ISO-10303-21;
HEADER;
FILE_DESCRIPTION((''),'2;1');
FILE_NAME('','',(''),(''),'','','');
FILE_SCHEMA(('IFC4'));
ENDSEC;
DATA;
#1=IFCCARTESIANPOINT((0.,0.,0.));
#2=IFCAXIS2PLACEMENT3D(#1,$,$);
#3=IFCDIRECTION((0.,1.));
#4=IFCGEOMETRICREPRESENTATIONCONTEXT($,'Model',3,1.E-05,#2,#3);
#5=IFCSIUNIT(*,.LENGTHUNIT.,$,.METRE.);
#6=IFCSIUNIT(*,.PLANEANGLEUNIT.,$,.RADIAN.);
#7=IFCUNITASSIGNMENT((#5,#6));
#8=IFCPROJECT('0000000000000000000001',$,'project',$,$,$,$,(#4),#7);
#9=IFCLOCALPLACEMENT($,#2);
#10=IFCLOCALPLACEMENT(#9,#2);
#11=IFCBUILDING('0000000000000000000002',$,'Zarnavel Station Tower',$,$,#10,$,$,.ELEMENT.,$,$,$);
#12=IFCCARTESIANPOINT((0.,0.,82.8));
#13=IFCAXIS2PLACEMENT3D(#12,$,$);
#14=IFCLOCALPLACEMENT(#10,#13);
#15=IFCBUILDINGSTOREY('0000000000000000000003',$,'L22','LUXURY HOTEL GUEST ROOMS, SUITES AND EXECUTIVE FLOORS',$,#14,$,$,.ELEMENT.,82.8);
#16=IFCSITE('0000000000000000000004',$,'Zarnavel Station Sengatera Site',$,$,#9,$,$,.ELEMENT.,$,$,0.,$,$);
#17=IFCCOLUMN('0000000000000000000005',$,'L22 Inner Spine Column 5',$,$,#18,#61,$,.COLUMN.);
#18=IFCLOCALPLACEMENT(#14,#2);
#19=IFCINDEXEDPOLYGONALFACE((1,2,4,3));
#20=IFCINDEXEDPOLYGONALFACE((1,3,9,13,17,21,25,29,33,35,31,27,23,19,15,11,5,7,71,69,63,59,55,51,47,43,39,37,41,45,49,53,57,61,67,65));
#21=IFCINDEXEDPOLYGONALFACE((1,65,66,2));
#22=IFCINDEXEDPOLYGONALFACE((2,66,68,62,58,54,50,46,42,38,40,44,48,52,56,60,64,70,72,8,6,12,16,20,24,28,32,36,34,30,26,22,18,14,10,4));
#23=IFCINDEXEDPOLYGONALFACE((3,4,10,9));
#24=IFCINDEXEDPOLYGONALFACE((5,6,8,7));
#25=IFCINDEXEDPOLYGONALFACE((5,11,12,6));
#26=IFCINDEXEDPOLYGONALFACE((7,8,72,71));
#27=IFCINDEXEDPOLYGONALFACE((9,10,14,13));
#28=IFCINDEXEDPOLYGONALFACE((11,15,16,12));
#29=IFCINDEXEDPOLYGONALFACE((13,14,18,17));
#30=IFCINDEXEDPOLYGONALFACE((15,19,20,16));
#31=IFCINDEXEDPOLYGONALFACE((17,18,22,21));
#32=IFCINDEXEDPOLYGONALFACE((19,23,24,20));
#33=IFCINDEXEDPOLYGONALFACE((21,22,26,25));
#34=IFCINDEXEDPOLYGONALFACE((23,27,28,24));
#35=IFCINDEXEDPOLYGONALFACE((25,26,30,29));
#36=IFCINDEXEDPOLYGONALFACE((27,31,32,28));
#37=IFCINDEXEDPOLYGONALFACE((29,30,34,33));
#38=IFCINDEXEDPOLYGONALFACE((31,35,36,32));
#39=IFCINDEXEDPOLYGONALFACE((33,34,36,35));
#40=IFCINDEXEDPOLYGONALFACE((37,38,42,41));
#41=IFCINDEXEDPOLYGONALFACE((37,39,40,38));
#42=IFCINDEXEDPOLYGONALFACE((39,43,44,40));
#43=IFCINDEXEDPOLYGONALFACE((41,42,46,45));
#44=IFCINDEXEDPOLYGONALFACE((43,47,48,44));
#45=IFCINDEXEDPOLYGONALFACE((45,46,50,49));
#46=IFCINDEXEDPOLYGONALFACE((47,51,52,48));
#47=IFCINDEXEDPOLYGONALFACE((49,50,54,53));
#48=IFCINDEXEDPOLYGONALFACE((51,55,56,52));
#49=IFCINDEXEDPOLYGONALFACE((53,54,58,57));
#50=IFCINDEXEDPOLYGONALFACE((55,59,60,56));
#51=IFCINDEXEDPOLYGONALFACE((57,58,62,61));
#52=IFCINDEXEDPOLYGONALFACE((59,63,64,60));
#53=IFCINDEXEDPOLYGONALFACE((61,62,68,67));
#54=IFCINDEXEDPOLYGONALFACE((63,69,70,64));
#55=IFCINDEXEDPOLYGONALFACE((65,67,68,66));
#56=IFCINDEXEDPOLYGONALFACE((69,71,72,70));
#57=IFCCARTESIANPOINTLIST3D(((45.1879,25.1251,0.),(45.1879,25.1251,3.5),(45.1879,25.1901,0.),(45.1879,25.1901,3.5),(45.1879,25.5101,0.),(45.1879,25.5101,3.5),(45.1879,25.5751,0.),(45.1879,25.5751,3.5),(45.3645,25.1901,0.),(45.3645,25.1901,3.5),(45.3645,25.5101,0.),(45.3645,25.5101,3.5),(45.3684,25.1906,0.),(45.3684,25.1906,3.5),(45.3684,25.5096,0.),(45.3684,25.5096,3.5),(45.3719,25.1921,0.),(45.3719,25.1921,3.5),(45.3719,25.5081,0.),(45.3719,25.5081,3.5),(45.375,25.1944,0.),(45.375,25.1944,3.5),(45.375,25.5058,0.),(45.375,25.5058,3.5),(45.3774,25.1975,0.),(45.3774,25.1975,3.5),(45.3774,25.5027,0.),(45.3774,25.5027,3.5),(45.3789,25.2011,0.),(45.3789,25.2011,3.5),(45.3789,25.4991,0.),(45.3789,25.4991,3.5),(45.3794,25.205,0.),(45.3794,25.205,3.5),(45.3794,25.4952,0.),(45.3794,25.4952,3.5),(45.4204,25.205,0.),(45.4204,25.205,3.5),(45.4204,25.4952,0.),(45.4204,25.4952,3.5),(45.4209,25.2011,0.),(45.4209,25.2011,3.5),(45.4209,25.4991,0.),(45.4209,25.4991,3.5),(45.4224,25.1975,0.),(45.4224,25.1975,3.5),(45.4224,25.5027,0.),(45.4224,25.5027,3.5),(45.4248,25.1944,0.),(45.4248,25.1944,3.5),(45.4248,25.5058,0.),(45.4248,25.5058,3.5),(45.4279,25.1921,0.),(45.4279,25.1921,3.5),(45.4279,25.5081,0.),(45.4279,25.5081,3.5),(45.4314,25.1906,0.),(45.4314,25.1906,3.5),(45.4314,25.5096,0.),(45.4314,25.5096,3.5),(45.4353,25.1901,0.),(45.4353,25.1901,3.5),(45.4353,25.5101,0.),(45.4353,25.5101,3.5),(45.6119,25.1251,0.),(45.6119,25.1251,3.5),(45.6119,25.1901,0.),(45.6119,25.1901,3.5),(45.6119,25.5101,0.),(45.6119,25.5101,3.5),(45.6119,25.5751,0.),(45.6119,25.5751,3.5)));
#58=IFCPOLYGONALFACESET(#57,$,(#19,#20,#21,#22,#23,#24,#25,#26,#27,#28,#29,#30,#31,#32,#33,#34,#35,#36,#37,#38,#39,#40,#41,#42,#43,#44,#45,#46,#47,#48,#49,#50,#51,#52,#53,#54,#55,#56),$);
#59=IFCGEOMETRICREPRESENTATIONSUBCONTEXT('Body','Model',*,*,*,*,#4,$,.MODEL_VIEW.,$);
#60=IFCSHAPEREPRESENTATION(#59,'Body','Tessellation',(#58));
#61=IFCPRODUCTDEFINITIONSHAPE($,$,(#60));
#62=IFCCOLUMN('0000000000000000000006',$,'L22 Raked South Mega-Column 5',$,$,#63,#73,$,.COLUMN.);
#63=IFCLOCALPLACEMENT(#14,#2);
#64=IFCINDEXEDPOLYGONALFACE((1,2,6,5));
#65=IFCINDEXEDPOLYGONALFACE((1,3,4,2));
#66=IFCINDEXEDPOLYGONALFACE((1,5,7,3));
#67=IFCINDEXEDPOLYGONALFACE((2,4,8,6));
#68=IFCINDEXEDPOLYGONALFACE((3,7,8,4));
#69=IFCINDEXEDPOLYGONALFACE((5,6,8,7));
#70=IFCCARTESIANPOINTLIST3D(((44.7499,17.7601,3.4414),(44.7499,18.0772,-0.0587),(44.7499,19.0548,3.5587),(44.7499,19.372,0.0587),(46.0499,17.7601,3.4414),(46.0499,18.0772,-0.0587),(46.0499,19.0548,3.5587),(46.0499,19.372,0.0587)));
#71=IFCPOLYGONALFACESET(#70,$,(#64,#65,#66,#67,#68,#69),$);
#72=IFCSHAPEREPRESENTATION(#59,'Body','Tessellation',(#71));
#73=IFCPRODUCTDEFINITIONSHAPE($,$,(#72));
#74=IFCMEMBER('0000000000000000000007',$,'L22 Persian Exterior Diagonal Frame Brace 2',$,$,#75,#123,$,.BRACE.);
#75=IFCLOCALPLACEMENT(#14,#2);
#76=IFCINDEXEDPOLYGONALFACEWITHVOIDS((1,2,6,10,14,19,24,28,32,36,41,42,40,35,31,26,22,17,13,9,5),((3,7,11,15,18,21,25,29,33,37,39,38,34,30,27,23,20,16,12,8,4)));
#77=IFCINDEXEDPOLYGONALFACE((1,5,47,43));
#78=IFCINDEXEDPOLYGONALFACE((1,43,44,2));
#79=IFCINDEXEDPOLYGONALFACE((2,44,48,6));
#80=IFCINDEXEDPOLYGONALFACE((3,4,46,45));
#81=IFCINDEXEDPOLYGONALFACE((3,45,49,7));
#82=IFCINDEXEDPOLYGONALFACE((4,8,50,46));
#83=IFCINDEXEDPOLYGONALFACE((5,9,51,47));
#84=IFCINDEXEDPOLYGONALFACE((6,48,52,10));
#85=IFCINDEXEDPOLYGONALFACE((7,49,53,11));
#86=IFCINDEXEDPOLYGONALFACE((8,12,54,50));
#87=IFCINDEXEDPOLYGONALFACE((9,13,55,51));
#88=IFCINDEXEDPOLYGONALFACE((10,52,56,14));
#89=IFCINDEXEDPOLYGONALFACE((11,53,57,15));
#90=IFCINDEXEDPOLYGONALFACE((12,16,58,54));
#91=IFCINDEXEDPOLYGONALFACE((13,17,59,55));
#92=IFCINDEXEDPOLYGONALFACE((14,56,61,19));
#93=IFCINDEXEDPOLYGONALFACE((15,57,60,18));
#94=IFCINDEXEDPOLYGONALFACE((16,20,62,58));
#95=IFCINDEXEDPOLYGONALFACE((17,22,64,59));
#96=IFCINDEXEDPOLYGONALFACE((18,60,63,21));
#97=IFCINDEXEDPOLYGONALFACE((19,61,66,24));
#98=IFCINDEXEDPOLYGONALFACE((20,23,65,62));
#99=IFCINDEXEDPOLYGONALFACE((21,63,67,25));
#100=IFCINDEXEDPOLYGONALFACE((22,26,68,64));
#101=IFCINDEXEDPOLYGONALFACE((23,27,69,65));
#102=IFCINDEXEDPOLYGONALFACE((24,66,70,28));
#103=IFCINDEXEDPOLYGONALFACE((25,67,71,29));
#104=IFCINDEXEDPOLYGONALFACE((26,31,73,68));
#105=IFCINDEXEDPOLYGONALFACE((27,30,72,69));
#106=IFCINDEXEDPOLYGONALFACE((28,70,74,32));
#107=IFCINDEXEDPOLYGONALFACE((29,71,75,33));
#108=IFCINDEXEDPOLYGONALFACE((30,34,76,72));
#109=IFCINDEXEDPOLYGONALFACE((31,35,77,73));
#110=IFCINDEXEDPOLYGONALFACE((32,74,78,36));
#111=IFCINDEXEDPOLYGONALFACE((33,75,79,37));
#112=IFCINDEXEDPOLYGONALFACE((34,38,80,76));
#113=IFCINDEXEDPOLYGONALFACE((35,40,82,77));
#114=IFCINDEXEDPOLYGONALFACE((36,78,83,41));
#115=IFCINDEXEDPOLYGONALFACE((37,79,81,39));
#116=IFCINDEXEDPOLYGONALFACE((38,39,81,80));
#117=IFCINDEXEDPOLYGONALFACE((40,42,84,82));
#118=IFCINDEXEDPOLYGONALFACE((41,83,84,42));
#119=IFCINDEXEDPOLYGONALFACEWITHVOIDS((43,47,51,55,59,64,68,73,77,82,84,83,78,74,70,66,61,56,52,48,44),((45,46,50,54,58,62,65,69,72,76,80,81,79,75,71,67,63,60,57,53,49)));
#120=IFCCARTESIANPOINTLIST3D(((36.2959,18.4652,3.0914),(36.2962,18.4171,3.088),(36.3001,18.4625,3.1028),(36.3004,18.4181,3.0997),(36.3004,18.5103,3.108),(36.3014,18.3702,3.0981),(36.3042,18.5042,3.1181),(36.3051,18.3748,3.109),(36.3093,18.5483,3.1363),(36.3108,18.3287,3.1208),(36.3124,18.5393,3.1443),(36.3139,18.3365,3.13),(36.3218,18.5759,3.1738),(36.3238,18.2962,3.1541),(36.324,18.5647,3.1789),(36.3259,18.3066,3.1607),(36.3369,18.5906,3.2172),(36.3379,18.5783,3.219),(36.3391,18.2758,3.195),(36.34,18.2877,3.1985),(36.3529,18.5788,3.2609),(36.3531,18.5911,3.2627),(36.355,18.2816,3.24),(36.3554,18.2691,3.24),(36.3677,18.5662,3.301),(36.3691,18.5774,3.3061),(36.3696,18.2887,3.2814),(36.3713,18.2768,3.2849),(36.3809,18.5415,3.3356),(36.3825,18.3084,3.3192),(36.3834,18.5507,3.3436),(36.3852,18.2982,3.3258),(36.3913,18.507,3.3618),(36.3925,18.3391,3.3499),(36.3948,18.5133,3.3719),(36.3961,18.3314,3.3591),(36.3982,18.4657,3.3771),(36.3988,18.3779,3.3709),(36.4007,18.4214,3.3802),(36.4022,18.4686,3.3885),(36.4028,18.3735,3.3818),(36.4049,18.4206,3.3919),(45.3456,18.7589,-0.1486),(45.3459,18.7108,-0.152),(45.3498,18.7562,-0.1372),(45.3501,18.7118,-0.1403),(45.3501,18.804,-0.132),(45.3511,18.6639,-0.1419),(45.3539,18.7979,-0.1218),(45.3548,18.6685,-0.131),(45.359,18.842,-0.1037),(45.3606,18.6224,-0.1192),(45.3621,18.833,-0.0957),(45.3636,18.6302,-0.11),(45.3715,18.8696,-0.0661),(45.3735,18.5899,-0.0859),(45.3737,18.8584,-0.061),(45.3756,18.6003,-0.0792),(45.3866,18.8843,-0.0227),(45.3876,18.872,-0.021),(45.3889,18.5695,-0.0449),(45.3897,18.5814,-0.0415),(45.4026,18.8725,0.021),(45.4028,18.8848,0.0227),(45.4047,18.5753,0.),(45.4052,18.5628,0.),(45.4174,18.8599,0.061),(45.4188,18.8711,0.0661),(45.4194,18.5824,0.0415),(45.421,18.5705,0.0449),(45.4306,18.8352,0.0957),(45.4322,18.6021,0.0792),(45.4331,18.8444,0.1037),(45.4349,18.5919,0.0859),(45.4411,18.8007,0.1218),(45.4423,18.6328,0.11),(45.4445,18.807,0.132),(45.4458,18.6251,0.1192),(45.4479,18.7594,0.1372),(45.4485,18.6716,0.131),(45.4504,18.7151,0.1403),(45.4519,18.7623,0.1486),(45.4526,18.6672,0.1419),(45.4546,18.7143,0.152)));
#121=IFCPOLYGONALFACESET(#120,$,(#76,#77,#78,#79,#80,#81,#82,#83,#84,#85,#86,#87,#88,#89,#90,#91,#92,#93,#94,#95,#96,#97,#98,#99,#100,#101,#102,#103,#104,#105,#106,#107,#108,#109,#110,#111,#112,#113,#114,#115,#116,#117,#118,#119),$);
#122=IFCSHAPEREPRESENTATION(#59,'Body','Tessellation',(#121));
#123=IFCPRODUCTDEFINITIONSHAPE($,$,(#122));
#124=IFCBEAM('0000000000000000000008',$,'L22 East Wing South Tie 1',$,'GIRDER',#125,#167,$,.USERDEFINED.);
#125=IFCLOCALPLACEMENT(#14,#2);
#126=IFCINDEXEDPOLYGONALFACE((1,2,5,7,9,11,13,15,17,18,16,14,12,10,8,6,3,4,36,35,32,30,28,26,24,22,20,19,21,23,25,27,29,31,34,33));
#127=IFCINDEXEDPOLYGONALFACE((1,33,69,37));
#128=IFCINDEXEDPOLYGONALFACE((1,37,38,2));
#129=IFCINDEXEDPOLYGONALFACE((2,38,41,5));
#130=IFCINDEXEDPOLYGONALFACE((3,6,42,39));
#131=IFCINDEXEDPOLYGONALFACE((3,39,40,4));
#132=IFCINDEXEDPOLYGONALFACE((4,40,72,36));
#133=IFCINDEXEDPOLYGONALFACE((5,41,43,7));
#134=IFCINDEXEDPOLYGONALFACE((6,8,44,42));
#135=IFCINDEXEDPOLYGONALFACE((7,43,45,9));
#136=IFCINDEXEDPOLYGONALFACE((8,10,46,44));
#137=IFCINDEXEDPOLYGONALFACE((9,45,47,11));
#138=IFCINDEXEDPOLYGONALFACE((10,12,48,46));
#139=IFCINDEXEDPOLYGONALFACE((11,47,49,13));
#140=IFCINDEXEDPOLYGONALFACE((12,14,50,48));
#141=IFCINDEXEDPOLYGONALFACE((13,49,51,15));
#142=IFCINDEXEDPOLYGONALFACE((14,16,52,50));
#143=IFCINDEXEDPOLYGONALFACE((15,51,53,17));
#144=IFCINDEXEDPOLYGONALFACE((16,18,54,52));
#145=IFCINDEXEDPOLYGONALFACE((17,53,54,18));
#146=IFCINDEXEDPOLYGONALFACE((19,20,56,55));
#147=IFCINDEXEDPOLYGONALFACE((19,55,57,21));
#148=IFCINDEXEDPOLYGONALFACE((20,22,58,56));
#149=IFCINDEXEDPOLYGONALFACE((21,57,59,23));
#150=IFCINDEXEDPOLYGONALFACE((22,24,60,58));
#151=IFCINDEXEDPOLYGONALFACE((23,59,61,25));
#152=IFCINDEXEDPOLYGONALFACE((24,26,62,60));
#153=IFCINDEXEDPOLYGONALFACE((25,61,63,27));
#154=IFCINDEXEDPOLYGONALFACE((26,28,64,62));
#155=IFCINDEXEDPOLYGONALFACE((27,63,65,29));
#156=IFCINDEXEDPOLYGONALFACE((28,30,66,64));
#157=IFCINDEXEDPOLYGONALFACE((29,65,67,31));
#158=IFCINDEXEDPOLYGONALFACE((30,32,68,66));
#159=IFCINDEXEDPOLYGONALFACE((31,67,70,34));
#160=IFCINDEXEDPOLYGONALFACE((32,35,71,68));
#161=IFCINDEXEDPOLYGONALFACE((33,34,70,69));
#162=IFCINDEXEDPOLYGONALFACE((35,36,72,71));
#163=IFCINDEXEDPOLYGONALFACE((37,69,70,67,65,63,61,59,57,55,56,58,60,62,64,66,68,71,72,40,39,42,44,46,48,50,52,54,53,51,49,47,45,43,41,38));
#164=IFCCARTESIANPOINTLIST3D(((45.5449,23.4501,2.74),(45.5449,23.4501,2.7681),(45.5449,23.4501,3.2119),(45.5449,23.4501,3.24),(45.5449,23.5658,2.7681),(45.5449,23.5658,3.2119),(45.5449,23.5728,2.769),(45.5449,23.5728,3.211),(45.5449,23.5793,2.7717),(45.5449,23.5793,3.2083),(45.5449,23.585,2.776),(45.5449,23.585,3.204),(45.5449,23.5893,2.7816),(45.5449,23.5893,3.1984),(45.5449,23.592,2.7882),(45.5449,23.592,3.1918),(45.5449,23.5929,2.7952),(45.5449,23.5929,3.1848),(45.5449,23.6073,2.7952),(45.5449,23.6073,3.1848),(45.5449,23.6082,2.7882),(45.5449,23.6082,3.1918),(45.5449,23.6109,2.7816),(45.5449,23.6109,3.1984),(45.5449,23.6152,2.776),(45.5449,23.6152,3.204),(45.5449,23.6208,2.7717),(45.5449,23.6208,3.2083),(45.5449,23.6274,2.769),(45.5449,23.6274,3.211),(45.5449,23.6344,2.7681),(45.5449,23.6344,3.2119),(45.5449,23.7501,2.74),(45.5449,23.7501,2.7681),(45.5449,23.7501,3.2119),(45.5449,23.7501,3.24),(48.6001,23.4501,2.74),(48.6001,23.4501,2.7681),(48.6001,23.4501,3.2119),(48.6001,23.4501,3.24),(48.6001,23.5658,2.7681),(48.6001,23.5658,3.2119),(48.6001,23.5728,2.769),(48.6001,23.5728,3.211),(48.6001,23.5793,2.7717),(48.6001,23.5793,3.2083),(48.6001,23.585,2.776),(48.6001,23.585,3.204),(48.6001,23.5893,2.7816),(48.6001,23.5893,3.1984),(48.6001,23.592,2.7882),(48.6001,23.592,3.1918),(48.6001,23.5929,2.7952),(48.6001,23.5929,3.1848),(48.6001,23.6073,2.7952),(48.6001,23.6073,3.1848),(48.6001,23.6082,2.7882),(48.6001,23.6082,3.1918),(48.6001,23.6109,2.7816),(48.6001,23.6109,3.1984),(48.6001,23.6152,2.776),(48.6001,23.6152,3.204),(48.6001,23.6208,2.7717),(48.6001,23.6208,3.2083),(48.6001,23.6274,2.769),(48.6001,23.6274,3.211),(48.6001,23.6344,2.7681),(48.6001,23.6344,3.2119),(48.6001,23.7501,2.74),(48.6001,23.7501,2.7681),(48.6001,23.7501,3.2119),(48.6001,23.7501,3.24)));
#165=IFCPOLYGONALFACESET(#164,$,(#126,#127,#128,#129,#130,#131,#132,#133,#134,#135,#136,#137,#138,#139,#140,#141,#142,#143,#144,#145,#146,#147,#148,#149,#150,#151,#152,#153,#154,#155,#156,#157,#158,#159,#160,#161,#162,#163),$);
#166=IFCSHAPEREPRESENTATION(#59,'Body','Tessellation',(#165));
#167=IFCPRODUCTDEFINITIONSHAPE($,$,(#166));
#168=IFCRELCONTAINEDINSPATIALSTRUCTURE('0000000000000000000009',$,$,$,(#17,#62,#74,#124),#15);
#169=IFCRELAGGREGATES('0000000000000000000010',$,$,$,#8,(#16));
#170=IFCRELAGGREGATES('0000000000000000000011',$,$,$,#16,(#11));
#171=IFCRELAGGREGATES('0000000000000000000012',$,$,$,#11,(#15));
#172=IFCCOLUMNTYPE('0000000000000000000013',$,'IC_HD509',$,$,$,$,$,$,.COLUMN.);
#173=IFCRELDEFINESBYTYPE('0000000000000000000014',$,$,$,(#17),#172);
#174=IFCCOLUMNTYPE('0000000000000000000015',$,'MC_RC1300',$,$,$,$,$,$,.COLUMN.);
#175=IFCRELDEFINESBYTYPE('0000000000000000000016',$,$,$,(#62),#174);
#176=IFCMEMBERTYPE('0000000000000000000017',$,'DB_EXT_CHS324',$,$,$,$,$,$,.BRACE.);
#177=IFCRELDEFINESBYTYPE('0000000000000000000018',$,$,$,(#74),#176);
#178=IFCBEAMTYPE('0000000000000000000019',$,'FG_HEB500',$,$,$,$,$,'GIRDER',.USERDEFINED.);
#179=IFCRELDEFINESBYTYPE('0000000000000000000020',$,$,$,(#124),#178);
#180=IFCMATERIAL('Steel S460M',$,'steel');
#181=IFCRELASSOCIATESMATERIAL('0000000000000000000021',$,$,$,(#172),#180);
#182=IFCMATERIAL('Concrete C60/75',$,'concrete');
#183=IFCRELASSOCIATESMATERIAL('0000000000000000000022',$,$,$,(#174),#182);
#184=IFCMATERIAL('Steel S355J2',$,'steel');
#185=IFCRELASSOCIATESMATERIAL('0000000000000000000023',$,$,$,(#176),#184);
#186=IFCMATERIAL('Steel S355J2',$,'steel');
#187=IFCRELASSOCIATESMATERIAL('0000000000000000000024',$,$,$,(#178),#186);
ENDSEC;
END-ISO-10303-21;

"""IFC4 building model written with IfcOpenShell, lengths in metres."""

from ifc_helpers import new_model, si_unit, direction, frame, origin, origin_2d, place, context, subcontext, project, spatial, rectangle, hollow_circle, i_section, extrude, material, material_profile, profile_set, type_object, element, save


model = new_model("IFC4")

# Units and contexts
model_context = context("Model", 3, precision=1e-05, world=origin(), true_north=direction((0.0, 1.0)))
body_context = subcontext(model_context, "Body", "Model", "MODEL_VIEW")
ifc_project = project(units=[si_unit("LENGTHUNIT", "METRE"), si_unit("PLANEANGLEUNIT", "RADIAN")], contexts=[model_context])

# Site, building, storey
site_placement = place(None, origin())
site = spatial("IfcSite", under=ifc_project, at=site_placement, Name="Zarnavel Station Sengatera Site", CompositionType="ELEMENT", RefElevation=0.0)
building_placement = place(site_placement, origin())
building = spatial("IfcBuilding", under=site, at=building_placement, Name="Zarnavel Station Tower", CompositionType="ELEMENT")
storey_placement = place(building_placement, frame((0.0, 0.0, 82.8)))
storey = spatial("IfcBuildingStorey", under=building, at=storey_placement, Name="L22", Description="LUXURY HOTEL GUEST ROOMS, SUITES AND EXECUTIVE FLOORS", CompositionType="ELEMENT", Elevation=82.8)

# Columns
ifc_material_1 = material(Name="Steel S460M", Category="steel")
ifc_material_profile_1 = material_profile(ifc_material_1, i_section(OverallWidth=0.4241, OverallDepth=0.45, WebThickness=0.041, FlangeThickness=0.0649, FilletRadius=0.0149, at=origin_2d()), Name="HD400x509")
ifc_profile_set_1 = profile_set([ifc_material_profile_1], Name="Steel S460M")
column_type_1 = type_object("IfcColumnType", Name="IC_HD509", PredefinedType="COLUMN", material=ifc_profile_set_1)
column_1_placement = place(storey_placement, frame((45.3999, 25.3501, 0.0), z_axis=(0.0, 0.0, 1.0), x_axis=(1.0, 0.0, 0.0)))
element("IfcColumn", 1, at=column_1_placement, inside=storey, type_object=column_type_1, Name="L22 Inner Spine Column 5", PredefinedType="COLUMN", context=body_context, shape_type="SweptSolid", body=[
    extrude(i_section(OverallWidth=0.4241, OverallDepth=0.45, WebThickness=0.041, FlangeThickness=0.0649, FilletRadius=0.0149, at=origin_2d()), origin(), (0.0, 0.0, 1.0), 3.5),
])
ifc_material_2 = material(Name="Concrete C60/75", Category="concrete")
ifc_material_profile_2 = material_profile(ifc_material_2, rectangle(XDim=1.3, YDim=1.3, at=origin_2d()), Name="RC1300x1300")
ifc_profile_set_2 = profile_set([ifc_material_profile_2], Name="Concrete C60/75")
column_type_2 = type_object("IfcColumnType", Name="MC_RC1300", PredefinedType="COLUMN", material=ifc_profile_set_2)
column_2_placement = place(storey_placement, frame((45.3999, 18.7246, 0.0), z_axis=(0.0, -0.090241, 0.99592), x_axis=(1.0, 0.0, 0.0)))
element("IfcColumn", 2, at=column_2_placement, inside=storey, type_object=column_type_2, Name="L22 Raked South Mega-Column 5", PredefinedType="COLUMN", context=body_context, shape_type="SweptSolid", body=[
    extrude(rectangle(XDim=1.3, YDim=1.3, at=origin_2d()), origin(), (0.0, 0.0, 1.0), 3.5144),
])

# Member
ifc_material_3 = material(Name="Steel S355J2", Category="steel")
ifc_material_profile_3 = material_profile(ifc_material_3, hollow_circle(Radius=0.1619, WallThickness=0.0125, at=origin_2d()), Name="CHS323.9x12.5")
ifc_profile_set_3 = profile_set([ifc_material_profile_3], Name="Steel S355J2")
member_type = type_object("IfcMemberType", Name="DB_EXT_CHS324", PredefinedType="BRACE", material=ifc_profile_set_3)
member_placement = place(storey_placement, frame((45.3999, 18.7246, 0.0), z_axis=(-0.941042, -0.03054, 0.33691), x_axis=(0.032437, -0.999474, 0.0)))
element("IfcMember", 3, at=member_placement, inside=storey, type_object=member_type, Name="L22 Persian Exterior Diagonal Frame Brace 2", PredefinedType="BRACE", context=body_context, shape_type="SweptSolid", body=[
    extrude(hollow_circle(Radius=0.1619, WallThickness=0.0125, at=origin_2d()), origin(), (0.0, 0.0, 1.0), 9.6167),
])

# Beam
ifc_material_4 = material(Name="Steel S355J2", Category="steel")
ifc_material_profile_4 = material_profile(ifc_material_4, i_section(OverallWidth=0.3, OverallDepth=0.5, WebThickness=0.0144, FlangeThickness=0.0281, FilletRadius=0.0271, at=origin_2d()), Name="HEB500")
ifc_profile_set_4 = profile_set([ifc_material_profile_4], Name="Steel S355J2")
beam_type_1 = type_object("IfcBeamType", Name="FG_HEB500", ElementType="GIRDER", PredefinedType="USERDEFINED", material=ifc_profile_set_4)
beam_1_placement = place(storey_placement, frame((45.5449, 23.6001, 2.99), z_axis=(1.0, 0.0, 0.0), x_axis=(0.0, 1.0, 0.0)))
element("IfcBeam", 4, at=beam_1_placement, inside=storey, type_object=beam_type_1, Name="L22 East Wing South Tie 1", ObjectType="GIRDER", PredefinedType="USERDEFINED", context=body_context, shape_type="SweptSolid", body=[
    extrude(i_section(OverallWidth=0.3, OverallDepth=0.5, WebThickness=0.0144, FlangeThickness=0.0281, FilletRadius=0.0271, at=origin_2d()), origin(), (0.0, 0.0, 1.0), 3.0552),
])

save(model, "model.ifc")
